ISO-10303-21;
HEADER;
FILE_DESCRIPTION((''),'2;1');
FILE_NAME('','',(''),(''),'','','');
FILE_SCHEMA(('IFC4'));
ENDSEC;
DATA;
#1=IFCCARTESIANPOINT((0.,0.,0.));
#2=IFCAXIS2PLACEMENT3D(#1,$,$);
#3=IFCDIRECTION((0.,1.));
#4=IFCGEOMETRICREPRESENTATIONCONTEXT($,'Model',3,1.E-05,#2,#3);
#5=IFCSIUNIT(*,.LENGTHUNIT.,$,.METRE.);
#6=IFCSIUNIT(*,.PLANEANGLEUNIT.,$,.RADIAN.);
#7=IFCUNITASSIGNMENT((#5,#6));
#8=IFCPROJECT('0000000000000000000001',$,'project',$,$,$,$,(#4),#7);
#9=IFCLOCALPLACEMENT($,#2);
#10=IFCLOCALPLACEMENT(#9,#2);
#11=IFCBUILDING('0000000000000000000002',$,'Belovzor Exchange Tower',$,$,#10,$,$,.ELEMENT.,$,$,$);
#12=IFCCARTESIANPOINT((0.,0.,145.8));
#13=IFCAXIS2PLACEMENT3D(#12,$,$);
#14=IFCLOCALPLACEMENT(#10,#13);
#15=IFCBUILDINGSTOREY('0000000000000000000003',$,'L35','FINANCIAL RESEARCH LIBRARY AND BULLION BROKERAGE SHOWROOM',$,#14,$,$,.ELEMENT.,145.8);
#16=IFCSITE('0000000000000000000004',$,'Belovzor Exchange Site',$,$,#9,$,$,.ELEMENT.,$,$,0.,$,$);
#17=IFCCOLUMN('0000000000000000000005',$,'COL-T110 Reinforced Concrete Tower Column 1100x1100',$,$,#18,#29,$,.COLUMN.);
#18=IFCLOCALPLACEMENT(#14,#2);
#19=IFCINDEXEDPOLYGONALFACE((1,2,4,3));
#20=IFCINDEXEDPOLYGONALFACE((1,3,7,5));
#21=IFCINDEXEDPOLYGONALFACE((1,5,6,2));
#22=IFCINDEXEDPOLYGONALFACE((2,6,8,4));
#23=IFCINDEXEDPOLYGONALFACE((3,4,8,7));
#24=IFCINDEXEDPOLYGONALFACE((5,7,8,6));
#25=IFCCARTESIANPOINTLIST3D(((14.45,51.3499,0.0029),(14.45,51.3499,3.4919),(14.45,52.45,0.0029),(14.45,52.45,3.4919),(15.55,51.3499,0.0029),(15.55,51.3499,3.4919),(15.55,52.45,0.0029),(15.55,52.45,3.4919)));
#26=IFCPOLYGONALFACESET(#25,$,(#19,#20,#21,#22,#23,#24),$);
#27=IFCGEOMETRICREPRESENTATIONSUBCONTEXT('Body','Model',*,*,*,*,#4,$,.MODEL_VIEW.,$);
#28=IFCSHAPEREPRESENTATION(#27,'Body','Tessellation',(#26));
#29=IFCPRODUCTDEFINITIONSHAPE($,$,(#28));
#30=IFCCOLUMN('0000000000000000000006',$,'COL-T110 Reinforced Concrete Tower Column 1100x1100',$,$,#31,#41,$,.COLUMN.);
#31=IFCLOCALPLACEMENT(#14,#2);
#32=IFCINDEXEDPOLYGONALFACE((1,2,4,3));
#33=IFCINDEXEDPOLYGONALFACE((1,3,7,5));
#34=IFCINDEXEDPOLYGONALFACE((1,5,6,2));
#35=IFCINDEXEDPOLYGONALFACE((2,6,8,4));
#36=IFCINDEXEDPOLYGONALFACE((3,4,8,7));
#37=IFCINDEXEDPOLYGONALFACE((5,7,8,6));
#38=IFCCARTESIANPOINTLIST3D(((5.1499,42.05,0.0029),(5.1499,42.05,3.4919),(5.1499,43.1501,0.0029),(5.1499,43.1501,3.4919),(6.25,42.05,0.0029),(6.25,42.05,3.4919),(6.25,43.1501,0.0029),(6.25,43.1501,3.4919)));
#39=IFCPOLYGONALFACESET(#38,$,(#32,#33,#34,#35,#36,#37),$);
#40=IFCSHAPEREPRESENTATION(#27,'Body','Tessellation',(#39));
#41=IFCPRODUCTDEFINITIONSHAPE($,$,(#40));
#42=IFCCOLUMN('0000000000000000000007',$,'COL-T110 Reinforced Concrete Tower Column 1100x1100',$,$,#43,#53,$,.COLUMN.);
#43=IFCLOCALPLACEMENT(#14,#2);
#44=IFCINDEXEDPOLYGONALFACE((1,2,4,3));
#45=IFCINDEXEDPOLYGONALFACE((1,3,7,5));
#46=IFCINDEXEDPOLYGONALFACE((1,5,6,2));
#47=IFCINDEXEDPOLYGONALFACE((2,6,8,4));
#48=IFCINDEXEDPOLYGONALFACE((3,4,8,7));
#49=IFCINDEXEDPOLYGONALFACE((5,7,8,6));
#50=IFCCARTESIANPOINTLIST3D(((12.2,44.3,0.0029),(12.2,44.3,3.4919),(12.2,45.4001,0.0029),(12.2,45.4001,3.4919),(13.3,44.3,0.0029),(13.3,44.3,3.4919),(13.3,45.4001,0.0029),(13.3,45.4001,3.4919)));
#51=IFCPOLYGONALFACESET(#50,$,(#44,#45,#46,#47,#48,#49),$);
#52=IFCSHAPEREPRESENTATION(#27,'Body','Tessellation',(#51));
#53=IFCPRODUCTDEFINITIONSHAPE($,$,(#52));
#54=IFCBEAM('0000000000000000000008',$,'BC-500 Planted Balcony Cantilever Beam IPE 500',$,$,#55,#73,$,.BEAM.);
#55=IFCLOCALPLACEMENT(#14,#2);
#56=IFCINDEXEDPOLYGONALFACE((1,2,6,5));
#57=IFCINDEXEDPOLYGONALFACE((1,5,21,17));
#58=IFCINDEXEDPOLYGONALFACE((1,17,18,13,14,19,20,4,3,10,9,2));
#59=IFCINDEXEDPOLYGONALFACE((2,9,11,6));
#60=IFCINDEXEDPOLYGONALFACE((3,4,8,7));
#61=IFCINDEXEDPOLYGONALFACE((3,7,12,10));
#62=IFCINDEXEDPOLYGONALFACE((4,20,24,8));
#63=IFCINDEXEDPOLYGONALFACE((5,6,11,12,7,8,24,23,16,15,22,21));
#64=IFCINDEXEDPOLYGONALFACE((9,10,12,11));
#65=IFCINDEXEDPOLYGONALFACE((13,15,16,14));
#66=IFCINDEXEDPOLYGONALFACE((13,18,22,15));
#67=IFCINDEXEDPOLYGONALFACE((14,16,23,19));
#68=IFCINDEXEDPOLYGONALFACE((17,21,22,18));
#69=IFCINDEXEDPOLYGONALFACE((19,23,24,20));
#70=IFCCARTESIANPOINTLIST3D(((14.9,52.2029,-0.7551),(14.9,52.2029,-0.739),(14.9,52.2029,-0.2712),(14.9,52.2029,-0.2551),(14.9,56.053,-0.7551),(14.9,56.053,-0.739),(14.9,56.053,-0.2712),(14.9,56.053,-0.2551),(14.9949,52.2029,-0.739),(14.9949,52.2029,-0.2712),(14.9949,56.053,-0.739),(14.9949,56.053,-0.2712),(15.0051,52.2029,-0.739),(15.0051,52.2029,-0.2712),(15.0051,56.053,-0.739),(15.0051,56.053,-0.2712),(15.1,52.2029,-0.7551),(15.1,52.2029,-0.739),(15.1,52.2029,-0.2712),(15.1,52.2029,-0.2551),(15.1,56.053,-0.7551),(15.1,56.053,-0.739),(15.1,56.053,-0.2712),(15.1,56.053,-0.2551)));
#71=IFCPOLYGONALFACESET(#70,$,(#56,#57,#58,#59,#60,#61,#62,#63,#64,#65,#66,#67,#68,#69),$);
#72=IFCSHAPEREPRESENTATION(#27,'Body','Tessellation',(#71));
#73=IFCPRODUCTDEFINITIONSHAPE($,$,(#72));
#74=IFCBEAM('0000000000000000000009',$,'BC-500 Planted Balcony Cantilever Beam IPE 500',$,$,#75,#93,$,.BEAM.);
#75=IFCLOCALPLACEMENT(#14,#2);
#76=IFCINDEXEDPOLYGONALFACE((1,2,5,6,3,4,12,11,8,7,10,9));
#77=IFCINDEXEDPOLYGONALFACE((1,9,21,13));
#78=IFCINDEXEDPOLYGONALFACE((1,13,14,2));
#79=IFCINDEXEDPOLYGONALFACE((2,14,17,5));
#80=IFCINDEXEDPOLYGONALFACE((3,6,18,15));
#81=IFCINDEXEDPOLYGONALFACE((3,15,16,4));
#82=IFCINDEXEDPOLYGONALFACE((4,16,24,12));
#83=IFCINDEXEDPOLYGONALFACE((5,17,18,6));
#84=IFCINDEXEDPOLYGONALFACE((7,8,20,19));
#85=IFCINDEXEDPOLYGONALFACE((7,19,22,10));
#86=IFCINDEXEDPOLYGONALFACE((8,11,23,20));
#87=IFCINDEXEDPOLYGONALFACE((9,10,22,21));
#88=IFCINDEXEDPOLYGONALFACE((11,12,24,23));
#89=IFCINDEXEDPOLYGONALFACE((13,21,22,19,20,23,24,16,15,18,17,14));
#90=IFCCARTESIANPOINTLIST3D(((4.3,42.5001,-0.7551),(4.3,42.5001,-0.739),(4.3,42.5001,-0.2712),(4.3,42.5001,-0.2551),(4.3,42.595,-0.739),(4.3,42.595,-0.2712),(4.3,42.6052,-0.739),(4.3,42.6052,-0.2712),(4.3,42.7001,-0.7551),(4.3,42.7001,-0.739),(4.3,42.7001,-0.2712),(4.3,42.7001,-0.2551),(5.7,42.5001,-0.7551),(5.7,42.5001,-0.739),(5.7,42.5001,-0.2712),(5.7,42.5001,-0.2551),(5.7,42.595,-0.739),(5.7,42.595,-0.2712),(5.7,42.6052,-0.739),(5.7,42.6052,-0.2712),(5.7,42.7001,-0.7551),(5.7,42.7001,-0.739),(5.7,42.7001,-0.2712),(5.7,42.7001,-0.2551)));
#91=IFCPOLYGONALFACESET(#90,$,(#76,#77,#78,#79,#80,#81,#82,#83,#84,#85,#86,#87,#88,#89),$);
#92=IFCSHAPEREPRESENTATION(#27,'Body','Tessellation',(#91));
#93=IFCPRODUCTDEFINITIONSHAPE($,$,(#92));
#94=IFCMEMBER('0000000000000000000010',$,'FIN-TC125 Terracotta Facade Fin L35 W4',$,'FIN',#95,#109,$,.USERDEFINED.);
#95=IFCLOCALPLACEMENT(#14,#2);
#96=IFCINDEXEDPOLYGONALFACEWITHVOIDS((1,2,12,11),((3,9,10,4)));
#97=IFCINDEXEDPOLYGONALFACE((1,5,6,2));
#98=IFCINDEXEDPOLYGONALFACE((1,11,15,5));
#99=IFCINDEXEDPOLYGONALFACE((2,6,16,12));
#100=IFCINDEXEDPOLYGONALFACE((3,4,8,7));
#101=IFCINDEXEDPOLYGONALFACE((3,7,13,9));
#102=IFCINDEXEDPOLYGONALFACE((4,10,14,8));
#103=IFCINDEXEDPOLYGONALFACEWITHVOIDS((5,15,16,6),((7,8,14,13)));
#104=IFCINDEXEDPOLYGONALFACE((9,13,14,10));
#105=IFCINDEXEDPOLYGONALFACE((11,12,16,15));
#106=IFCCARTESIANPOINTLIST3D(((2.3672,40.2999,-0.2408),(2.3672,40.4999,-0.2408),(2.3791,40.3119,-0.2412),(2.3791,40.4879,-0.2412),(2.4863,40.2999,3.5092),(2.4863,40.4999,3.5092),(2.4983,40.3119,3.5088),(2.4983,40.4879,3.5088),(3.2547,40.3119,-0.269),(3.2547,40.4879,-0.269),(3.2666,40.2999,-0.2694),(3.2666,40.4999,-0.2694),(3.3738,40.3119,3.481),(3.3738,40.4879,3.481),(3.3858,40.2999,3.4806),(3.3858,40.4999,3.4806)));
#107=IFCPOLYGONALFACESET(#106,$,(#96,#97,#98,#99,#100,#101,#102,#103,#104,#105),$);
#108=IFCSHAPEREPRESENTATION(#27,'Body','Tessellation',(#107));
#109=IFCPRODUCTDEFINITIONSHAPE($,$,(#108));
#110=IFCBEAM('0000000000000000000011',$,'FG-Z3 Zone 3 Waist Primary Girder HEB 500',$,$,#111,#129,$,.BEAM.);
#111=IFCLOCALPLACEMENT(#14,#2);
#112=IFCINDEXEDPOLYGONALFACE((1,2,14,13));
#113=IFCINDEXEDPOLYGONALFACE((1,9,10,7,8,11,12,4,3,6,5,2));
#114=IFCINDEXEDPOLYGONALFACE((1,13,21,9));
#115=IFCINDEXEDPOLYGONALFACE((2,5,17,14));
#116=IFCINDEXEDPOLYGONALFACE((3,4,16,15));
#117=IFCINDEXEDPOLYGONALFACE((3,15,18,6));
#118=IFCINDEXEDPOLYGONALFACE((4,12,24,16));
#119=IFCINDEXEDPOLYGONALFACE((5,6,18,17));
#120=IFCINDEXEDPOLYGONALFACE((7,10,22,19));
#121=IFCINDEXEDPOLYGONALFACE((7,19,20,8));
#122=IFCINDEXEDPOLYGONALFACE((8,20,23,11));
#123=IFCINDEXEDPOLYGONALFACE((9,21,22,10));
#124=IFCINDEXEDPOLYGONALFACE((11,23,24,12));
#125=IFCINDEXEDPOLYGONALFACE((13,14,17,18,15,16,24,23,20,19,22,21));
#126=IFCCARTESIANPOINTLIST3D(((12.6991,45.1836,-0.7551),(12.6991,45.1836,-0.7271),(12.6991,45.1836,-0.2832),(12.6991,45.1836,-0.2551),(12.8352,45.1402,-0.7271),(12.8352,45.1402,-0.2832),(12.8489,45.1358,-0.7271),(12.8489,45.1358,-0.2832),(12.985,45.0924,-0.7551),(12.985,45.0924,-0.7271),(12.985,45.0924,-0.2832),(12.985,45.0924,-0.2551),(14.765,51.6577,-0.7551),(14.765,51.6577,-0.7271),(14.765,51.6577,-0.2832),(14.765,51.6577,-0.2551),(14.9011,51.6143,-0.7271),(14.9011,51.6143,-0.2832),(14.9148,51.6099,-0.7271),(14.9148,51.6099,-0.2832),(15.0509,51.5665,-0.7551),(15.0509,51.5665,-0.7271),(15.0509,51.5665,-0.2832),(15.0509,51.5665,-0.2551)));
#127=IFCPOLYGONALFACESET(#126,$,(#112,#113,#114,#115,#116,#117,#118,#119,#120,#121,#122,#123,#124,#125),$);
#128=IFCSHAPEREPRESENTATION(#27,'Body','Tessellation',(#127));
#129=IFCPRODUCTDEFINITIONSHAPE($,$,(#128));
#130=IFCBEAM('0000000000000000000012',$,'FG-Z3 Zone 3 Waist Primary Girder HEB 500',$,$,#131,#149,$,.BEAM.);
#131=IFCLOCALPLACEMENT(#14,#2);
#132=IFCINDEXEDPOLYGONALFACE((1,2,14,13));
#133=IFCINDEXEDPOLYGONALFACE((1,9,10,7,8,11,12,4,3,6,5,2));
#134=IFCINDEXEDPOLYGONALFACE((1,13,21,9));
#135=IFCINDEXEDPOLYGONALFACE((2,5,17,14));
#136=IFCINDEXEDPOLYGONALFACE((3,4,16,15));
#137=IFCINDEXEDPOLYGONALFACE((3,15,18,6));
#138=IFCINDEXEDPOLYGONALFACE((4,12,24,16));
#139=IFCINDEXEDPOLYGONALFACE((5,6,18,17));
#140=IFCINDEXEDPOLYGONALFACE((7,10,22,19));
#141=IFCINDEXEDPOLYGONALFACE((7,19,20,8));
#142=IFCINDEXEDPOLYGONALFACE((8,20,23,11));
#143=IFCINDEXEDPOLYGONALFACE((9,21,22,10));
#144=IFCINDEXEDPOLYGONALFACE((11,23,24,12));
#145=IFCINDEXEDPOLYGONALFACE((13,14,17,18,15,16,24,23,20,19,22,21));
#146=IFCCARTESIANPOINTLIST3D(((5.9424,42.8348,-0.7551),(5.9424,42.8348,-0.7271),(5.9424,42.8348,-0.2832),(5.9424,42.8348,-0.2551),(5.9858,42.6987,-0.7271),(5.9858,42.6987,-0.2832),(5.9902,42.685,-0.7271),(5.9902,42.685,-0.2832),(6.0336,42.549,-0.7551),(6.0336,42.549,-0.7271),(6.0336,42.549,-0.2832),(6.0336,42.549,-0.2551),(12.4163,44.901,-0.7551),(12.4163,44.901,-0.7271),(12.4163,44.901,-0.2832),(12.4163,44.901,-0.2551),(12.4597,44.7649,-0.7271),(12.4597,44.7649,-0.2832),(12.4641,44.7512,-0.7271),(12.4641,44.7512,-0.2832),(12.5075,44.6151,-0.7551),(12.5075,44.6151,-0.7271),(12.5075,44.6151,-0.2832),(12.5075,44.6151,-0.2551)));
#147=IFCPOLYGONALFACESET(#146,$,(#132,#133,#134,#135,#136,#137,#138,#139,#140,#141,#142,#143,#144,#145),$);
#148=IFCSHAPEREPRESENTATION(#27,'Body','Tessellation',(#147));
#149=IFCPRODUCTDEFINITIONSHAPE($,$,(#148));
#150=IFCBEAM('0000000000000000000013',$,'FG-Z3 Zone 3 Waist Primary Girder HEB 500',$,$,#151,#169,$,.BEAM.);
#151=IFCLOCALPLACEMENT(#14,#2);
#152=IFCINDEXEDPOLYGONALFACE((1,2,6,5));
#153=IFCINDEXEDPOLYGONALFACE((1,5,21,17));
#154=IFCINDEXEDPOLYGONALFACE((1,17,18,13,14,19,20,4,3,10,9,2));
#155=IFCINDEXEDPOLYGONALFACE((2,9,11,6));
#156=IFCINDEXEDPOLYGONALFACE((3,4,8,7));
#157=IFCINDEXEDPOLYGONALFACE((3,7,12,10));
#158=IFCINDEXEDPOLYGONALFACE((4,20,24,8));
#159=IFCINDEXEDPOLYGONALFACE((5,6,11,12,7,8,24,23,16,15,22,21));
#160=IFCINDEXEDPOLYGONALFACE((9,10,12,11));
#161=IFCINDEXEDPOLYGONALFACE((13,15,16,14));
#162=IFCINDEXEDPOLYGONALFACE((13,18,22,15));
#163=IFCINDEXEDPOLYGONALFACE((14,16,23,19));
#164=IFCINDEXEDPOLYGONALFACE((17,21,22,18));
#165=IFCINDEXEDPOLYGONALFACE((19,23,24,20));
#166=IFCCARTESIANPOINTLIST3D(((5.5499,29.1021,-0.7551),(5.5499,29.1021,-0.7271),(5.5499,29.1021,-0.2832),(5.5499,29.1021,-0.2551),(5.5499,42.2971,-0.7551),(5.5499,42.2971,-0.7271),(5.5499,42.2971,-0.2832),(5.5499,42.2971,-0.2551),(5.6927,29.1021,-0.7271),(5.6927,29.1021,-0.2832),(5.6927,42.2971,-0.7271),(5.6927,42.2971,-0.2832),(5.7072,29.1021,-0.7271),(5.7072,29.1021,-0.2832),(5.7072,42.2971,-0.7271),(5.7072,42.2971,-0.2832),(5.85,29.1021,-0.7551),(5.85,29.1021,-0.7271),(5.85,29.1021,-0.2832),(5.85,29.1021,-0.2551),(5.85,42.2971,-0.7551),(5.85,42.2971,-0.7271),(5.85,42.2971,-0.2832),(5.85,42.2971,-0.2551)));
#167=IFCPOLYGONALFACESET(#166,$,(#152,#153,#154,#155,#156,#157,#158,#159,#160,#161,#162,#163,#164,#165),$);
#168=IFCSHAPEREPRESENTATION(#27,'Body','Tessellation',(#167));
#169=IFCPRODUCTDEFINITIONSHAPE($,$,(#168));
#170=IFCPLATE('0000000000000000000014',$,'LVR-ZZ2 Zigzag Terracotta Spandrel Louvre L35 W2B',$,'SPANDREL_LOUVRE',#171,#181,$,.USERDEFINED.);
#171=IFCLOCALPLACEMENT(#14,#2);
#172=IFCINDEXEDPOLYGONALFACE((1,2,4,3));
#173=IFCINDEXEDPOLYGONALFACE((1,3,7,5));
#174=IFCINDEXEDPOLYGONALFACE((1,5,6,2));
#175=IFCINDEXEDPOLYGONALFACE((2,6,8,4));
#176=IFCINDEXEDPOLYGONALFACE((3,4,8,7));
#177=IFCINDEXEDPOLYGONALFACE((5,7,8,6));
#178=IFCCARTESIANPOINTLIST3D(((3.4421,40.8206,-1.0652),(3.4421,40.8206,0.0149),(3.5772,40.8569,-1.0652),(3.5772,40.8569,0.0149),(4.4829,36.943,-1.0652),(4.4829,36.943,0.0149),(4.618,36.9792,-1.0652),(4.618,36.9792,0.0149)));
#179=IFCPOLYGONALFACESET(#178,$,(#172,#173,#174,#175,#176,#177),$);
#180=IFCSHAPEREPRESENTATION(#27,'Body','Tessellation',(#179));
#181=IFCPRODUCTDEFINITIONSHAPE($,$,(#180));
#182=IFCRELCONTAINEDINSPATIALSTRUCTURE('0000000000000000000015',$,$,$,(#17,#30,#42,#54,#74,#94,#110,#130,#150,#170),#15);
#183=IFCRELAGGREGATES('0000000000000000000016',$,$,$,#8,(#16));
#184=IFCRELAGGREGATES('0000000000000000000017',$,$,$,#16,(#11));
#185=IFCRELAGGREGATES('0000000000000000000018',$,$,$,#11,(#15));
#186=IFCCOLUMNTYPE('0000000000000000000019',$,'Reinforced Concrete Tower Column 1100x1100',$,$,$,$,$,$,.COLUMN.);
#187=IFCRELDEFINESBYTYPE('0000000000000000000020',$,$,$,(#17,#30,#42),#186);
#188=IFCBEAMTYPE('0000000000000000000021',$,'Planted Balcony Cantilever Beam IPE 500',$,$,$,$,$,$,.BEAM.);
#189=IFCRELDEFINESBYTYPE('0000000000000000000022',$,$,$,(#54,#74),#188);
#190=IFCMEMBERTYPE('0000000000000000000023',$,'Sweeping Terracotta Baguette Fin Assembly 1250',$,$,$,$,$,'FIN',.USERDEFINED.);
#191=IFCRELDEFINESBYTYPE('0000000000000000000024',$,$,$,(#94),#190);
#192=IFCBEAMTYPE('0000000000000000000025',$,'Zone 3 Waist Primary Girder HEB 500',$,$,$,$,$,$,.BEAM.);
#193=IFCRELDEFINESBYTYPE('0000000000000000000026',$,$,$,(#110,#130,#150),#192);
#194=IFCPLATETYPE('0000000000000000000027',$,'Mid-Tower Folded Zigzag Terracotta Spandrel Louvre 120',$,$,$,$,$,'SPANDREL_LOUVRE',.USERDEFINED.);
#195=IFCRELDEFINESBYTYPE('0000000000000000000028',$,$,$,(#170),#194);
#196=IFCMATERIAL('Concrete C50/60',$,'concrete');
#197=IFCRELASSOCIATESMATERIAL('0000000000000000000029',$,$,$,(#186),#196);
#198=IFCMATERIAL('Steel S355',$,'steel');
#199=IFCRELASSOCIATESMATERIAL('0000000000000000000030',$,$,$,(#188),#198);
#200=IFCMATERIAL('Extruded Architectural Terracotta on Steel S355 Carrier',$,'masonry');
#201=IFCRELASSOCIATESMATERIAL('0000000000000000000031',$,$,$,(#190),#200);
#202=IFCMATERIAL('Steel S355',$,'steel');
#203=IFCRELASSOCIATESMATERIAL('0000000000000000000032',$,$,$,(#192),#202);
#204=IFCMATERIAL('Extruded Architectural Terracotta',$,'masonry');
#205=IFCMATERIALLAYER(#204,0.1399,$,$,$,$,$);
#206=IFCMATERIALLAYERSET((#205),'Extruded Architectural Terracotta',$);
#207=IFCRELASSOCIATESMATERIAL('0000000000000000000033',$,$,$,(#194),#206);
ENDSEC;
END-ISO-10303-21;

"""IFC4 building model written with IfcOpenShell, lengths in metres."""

from ifc_helpers import new_model, si_unit, direction, frame, origin, origin_2d, place, context, subcontext, project, spatial, rectangle, hollow_rectangle, i_section, extrude, material, layer, layer_set, material_profile, profile_set, type_object, element, save


model = new_model("IFC4")

# Units and contexts
model_context = context("Model", 3, precision=1e-05, world=origin(), true_north=direction((0.0, 1.0)))
body_context = subcontext(model_context, "Body", "Model", "MODEL_VIEW")
ifc_project = project(units=[si_unit("LENGTHUNIT", "METRE"), si_unit("PLANEANGLEUNIT", "RADIAN")], contexts=[model_context])

# Site, building, storey
site_placement = place(None, origin())
site = spatial("IfcSite", under=ifc_project, at=site_placement, Name="Belovzor Exchange Site", CompositionType="ELEMENT", RefElevation=0.0)
building_placement = place(site_placement, origin())
building = spatial("IfcBuilding", under=site, at=building_placement, Name="Belovzor Exchange Tower", CompositionType="ELEMENT")
storey_placement = place(building_placement, frame((0.0, 0.0, 145.8)))
storey = spatial("IfcBuildingStorey", under=building, at=storey_placement, Name="L35", Description="FINANCIAL RESEARCH LIBRARY AND BULLION BROKERAGE SHOWROOM", CompositionType="ELEMENT", Elevation=145.8)

# Columns
ifc_material_1 = material(Name="Concrete C50/60", Category="concrete")
ifc_material_profile_1 = material_profile(ifc_material_1, rectangle(XDim=1.1001, YDim=1.1001, at=origin_2d()))
ifc_profile_set_1 = profile_set([ifc_material_profile_1], Name="Concrete C50/60")
column_type = type_object("IfcColumnType", Name="Reinforced Concrete Tower Column 1100x1100", PredefinedType="COLUMN", material=ifc_profile_set_1)
for number, where, z_axis, x_axis, name in (
    (1, (15.0, 51.8999, 0.0029), (0.0, 0.0, 1.0), (1.0, 0.0, 0.0), "COL-T110 Reinforced Concrete Tower Column 1100x1100"),
    (2, (5.7, 42.6001, 0.0029), (0.0, 0.0, 1.0), (1.0, 0.0, 0.0), "COL-T110 Reinforced Concrete Tower Column 1100x1100"),
    (3, (12.75, 44.8501, 0.0029), (0.0, 0.0, 1.0), (1.0, 0.0, 0.0), "COL-T110 Reinforced Concrete Tower Column 1100x1100"),
):
    element("IfcColumn", number, at=place(storey_placement, frame(where, z_axis=z_axis, x_axis=x_axis)), inside=storey, type_object=column_type, Name=name, PredefinedType="COLUMN", context=body_context, shape_type="SweptSolid", body=[
        extrude(rectangle(XDim=1.1001, YDim=1.1001, at=origin_2d()), origin(), (0.0, 0.0, 1.0), 3.489),
    ])

# Beams
ifc_material_2 = material(Name="Steel S355", Category="steel")
ifc_material_profile_2 = material_profile(ifc_material_2, i_section(OverallWidth=0.2, OverallDepth=0.5, WebThickness=0.0103, FlangeThickness=0.0161, at=origin_2d()))
ifc_profile_set_2 = profile_set([ifc_material_profile_2], Name="Steel S355")
beam_type_1 = type_object("IfcBeamType", Name="Planted Balcony Cantilever Beam IPE 500", PredefinedType="BEAM", material=ifc_profile_set_2)
beam_1_placement = place(storey_placement, frame((15.0, 52.2029, -0.5051), z_axis=(0.0, 1.0, 0.0), x_axis=(-1.0, 0.0, 0.0)))
element("IfcBeam", 4, at=beam_1_placement, inside=storey, type_object=beam_type_1, Name="BC-500 Planted Balcony Cantilever Beam IPE 500", PredefinedType="BEAM", context=body_context, shape_type="SweptSolid", body=[
    extrude(i_section(OverallWidth=0.2, OverallDepth=0.5, WebThickness=0.0103, FlangeThickness=0.0161, at=origin_2d()), origin(), (0.0, 0.0, 1.0), 3.8501),
])
beam_2_placement = place(storey_placement, frame((5.7, 42.6001, -0.5051), z_axis=(-1.0, 0.0, 0.0), x_axis=(0.0, -1.0, 0.0)))
element("IfcBeam", 5, at=beam_2_placement, inside=storey, type_object=beam_type_1, Name="BC-500 Planted Balcony Cantilever Beam IPE 500", PredefinedType="BEAM", context=body_context, shape_type="SweptSolid", body=[
    extrude(i_section(OverallWidth=0.2, OverallDepth=0.5, WebThickness=0.0103, FlangeThickness=0.0161, at=origin_2d()), origin(), (0.0, 0.0, 1.0), 1.3999),
])

# Member
ifc_material_3 = material(Name="Extruded Architectural Terracotta on Steel S355 Carrier", Category="masonry")
ifc_material_profile_3 = material_profile(ifc_material_3, hollow_rectangle(XDim=0.2, YDim=0.8999, WallThickness=0.012, at=origin_2d()))
ifc_profile_set_3 = profile_set([ifc_material_profile_3], Name="Extruded Architectural Terracotta on Steel S355 Carrier")
member_type = type_object("IfcMemberType", Name="Sweeping Terracotta Baguette Fin Assembly 1250", ElementType="FIN", PredefinedType="USERDEFINED", material=ifc_profile_set_3)
member_placement = place(storey_placement, frame((2.8169, 40.3999, -0.2551), z_axis=(0.031755, 0.0, 0.999496), x_axis=(0.0, 1.0, 0.0)))
element("IfcMember", 6, at=member_placement, inside=storey, type_object=member_type, Name="FIN-TC125 Terracotta Facade Fin L35 W4", ObjectType="FIN", PredefinedType="USERDEFINED", context=body_context, shape_type="SweptSolid", body=[
    extrude(hollow_rectangle(XDim=0.2, YDim=0.8999, WallThickness=0.012, at=origin_2d()), origin(), (0.0, 0.0, 1.0), 3.752),
])

# Beams
ifc_material_4 = material(Name="Steel S355", Category="steel")
ifc_material_profile_4 = material_profile(ifc_material_4, i_section(OverallWidth=0.3, OverallDepth=0.5, WebThickness=0.0144, FlangeThickness=0.0281, at=origin_2d()))
ifc_profile_set_4 = profile_set([ifc_material_profile_4], Name="Steel S355")
beam_type_2 = type_object("IfcBeamType", Name="Zone 3 Waist Primary Girder HEB 500", PredefinedType="BEAM", material=ifc_profile_set_4)
for number, where, z_axis, x_axis, name in (
    (7, (14.908, 51.6121, -0.5051), (-0.304001, -0.952672, 0.0), (0.952672, -0.304001, 0.0), "FG-Z3 Zone 3 Waist Primary Girder HEB 500"),
    (8, (12.4619, 44.7581, -0.5051), (-0.952658, -0.304044, 0.0), (0.304044, -0.952658, 0.0), "FG-Z3 Zone 3 Waist Primary Girder HEB 500"),
):
    element("IfcBeam", number, at=place(storey_placement, frame(where, z_axis=z_axis, x_axis=x_axis)), inside=storey, type_object=beam_type_2, Name=name, PredefinedType="BEAM", context=body_context, shape_type="SweptSolid", body=[
        extrude(i_section(OverallWidth=0.3, OverallDepth=0.5, WebThickness=0.0144, FlangeThickness=0.0281, at=origin_2d()), origin(), (0.0, 0.0, 1.0), 6.7957),
    ])
beam_3_placement = place(storey_placement, frame((5.7, 42.2971, -0.5051), z_axis=(0.0, -1.0, 0.0), x_axis=(1.0, 0.0, 0.0)))
element("IfcBeam", 9, at=beam_3_placement, inside=storey, type_object=beam_type_2, Name="FG-Z3 Zone 3 Waist Primary Girder HEB 500", PredefinedType="BEAM", context=body_context, shape_type="SweptSolid", body=[
    extrude(i_section(OverallWidth=0.3, OverallDepth=0.5, WebThickness=0.0144, FlangeThickness=0.0281, at=origin_2d()), origin(), (0.0, 0.0, 1.0), 13.1951),
])

# Plate
ifc_material_5 = material(Name="Extruded Architectural Terracotta", Category="masonry")
ifc_layer_1 = layer(ifc_material_5, 0.1399)
ifc_layer_set_1 = layer_set([ifc_layer_1], Name="Extruded Architectural Terracotta")
plate_type = type_object("IfcPlateType", Name="Mid-Tower Folded Zigzag Terracotta Spandrel Louvre 120", ElementType="SPANDREL_LOUVRE", PredefinedType="USERDEFINED", material=ifc_layer_set_1)
plate_placement = place(storey_placement, frame((4.03, 38.8999, -1.0652), z_axis=(0.0, 0.0, 1.0), x_axis=(-0.25924, 0.965813, 0.0)))
element("IfcPlate", 10, at=plate_placement, inside=storey, type_object=plate_type, Name="LVR-ZZ2 Zigzag Terracotta Spandrel Louvre L35 W2B", ObjectType="SPANDREL_LOUVRE", PredefinedType="USERDEFINED", context=body_context, shape_type="SweptSolid", body=[
    extrude(rectangle(XDim=4.0149, YDim=0.1399, at=origin_2d()), origin(), (0.0, 0.0, 1.0), 1.0801),
])

save(model, "model.ifc")
